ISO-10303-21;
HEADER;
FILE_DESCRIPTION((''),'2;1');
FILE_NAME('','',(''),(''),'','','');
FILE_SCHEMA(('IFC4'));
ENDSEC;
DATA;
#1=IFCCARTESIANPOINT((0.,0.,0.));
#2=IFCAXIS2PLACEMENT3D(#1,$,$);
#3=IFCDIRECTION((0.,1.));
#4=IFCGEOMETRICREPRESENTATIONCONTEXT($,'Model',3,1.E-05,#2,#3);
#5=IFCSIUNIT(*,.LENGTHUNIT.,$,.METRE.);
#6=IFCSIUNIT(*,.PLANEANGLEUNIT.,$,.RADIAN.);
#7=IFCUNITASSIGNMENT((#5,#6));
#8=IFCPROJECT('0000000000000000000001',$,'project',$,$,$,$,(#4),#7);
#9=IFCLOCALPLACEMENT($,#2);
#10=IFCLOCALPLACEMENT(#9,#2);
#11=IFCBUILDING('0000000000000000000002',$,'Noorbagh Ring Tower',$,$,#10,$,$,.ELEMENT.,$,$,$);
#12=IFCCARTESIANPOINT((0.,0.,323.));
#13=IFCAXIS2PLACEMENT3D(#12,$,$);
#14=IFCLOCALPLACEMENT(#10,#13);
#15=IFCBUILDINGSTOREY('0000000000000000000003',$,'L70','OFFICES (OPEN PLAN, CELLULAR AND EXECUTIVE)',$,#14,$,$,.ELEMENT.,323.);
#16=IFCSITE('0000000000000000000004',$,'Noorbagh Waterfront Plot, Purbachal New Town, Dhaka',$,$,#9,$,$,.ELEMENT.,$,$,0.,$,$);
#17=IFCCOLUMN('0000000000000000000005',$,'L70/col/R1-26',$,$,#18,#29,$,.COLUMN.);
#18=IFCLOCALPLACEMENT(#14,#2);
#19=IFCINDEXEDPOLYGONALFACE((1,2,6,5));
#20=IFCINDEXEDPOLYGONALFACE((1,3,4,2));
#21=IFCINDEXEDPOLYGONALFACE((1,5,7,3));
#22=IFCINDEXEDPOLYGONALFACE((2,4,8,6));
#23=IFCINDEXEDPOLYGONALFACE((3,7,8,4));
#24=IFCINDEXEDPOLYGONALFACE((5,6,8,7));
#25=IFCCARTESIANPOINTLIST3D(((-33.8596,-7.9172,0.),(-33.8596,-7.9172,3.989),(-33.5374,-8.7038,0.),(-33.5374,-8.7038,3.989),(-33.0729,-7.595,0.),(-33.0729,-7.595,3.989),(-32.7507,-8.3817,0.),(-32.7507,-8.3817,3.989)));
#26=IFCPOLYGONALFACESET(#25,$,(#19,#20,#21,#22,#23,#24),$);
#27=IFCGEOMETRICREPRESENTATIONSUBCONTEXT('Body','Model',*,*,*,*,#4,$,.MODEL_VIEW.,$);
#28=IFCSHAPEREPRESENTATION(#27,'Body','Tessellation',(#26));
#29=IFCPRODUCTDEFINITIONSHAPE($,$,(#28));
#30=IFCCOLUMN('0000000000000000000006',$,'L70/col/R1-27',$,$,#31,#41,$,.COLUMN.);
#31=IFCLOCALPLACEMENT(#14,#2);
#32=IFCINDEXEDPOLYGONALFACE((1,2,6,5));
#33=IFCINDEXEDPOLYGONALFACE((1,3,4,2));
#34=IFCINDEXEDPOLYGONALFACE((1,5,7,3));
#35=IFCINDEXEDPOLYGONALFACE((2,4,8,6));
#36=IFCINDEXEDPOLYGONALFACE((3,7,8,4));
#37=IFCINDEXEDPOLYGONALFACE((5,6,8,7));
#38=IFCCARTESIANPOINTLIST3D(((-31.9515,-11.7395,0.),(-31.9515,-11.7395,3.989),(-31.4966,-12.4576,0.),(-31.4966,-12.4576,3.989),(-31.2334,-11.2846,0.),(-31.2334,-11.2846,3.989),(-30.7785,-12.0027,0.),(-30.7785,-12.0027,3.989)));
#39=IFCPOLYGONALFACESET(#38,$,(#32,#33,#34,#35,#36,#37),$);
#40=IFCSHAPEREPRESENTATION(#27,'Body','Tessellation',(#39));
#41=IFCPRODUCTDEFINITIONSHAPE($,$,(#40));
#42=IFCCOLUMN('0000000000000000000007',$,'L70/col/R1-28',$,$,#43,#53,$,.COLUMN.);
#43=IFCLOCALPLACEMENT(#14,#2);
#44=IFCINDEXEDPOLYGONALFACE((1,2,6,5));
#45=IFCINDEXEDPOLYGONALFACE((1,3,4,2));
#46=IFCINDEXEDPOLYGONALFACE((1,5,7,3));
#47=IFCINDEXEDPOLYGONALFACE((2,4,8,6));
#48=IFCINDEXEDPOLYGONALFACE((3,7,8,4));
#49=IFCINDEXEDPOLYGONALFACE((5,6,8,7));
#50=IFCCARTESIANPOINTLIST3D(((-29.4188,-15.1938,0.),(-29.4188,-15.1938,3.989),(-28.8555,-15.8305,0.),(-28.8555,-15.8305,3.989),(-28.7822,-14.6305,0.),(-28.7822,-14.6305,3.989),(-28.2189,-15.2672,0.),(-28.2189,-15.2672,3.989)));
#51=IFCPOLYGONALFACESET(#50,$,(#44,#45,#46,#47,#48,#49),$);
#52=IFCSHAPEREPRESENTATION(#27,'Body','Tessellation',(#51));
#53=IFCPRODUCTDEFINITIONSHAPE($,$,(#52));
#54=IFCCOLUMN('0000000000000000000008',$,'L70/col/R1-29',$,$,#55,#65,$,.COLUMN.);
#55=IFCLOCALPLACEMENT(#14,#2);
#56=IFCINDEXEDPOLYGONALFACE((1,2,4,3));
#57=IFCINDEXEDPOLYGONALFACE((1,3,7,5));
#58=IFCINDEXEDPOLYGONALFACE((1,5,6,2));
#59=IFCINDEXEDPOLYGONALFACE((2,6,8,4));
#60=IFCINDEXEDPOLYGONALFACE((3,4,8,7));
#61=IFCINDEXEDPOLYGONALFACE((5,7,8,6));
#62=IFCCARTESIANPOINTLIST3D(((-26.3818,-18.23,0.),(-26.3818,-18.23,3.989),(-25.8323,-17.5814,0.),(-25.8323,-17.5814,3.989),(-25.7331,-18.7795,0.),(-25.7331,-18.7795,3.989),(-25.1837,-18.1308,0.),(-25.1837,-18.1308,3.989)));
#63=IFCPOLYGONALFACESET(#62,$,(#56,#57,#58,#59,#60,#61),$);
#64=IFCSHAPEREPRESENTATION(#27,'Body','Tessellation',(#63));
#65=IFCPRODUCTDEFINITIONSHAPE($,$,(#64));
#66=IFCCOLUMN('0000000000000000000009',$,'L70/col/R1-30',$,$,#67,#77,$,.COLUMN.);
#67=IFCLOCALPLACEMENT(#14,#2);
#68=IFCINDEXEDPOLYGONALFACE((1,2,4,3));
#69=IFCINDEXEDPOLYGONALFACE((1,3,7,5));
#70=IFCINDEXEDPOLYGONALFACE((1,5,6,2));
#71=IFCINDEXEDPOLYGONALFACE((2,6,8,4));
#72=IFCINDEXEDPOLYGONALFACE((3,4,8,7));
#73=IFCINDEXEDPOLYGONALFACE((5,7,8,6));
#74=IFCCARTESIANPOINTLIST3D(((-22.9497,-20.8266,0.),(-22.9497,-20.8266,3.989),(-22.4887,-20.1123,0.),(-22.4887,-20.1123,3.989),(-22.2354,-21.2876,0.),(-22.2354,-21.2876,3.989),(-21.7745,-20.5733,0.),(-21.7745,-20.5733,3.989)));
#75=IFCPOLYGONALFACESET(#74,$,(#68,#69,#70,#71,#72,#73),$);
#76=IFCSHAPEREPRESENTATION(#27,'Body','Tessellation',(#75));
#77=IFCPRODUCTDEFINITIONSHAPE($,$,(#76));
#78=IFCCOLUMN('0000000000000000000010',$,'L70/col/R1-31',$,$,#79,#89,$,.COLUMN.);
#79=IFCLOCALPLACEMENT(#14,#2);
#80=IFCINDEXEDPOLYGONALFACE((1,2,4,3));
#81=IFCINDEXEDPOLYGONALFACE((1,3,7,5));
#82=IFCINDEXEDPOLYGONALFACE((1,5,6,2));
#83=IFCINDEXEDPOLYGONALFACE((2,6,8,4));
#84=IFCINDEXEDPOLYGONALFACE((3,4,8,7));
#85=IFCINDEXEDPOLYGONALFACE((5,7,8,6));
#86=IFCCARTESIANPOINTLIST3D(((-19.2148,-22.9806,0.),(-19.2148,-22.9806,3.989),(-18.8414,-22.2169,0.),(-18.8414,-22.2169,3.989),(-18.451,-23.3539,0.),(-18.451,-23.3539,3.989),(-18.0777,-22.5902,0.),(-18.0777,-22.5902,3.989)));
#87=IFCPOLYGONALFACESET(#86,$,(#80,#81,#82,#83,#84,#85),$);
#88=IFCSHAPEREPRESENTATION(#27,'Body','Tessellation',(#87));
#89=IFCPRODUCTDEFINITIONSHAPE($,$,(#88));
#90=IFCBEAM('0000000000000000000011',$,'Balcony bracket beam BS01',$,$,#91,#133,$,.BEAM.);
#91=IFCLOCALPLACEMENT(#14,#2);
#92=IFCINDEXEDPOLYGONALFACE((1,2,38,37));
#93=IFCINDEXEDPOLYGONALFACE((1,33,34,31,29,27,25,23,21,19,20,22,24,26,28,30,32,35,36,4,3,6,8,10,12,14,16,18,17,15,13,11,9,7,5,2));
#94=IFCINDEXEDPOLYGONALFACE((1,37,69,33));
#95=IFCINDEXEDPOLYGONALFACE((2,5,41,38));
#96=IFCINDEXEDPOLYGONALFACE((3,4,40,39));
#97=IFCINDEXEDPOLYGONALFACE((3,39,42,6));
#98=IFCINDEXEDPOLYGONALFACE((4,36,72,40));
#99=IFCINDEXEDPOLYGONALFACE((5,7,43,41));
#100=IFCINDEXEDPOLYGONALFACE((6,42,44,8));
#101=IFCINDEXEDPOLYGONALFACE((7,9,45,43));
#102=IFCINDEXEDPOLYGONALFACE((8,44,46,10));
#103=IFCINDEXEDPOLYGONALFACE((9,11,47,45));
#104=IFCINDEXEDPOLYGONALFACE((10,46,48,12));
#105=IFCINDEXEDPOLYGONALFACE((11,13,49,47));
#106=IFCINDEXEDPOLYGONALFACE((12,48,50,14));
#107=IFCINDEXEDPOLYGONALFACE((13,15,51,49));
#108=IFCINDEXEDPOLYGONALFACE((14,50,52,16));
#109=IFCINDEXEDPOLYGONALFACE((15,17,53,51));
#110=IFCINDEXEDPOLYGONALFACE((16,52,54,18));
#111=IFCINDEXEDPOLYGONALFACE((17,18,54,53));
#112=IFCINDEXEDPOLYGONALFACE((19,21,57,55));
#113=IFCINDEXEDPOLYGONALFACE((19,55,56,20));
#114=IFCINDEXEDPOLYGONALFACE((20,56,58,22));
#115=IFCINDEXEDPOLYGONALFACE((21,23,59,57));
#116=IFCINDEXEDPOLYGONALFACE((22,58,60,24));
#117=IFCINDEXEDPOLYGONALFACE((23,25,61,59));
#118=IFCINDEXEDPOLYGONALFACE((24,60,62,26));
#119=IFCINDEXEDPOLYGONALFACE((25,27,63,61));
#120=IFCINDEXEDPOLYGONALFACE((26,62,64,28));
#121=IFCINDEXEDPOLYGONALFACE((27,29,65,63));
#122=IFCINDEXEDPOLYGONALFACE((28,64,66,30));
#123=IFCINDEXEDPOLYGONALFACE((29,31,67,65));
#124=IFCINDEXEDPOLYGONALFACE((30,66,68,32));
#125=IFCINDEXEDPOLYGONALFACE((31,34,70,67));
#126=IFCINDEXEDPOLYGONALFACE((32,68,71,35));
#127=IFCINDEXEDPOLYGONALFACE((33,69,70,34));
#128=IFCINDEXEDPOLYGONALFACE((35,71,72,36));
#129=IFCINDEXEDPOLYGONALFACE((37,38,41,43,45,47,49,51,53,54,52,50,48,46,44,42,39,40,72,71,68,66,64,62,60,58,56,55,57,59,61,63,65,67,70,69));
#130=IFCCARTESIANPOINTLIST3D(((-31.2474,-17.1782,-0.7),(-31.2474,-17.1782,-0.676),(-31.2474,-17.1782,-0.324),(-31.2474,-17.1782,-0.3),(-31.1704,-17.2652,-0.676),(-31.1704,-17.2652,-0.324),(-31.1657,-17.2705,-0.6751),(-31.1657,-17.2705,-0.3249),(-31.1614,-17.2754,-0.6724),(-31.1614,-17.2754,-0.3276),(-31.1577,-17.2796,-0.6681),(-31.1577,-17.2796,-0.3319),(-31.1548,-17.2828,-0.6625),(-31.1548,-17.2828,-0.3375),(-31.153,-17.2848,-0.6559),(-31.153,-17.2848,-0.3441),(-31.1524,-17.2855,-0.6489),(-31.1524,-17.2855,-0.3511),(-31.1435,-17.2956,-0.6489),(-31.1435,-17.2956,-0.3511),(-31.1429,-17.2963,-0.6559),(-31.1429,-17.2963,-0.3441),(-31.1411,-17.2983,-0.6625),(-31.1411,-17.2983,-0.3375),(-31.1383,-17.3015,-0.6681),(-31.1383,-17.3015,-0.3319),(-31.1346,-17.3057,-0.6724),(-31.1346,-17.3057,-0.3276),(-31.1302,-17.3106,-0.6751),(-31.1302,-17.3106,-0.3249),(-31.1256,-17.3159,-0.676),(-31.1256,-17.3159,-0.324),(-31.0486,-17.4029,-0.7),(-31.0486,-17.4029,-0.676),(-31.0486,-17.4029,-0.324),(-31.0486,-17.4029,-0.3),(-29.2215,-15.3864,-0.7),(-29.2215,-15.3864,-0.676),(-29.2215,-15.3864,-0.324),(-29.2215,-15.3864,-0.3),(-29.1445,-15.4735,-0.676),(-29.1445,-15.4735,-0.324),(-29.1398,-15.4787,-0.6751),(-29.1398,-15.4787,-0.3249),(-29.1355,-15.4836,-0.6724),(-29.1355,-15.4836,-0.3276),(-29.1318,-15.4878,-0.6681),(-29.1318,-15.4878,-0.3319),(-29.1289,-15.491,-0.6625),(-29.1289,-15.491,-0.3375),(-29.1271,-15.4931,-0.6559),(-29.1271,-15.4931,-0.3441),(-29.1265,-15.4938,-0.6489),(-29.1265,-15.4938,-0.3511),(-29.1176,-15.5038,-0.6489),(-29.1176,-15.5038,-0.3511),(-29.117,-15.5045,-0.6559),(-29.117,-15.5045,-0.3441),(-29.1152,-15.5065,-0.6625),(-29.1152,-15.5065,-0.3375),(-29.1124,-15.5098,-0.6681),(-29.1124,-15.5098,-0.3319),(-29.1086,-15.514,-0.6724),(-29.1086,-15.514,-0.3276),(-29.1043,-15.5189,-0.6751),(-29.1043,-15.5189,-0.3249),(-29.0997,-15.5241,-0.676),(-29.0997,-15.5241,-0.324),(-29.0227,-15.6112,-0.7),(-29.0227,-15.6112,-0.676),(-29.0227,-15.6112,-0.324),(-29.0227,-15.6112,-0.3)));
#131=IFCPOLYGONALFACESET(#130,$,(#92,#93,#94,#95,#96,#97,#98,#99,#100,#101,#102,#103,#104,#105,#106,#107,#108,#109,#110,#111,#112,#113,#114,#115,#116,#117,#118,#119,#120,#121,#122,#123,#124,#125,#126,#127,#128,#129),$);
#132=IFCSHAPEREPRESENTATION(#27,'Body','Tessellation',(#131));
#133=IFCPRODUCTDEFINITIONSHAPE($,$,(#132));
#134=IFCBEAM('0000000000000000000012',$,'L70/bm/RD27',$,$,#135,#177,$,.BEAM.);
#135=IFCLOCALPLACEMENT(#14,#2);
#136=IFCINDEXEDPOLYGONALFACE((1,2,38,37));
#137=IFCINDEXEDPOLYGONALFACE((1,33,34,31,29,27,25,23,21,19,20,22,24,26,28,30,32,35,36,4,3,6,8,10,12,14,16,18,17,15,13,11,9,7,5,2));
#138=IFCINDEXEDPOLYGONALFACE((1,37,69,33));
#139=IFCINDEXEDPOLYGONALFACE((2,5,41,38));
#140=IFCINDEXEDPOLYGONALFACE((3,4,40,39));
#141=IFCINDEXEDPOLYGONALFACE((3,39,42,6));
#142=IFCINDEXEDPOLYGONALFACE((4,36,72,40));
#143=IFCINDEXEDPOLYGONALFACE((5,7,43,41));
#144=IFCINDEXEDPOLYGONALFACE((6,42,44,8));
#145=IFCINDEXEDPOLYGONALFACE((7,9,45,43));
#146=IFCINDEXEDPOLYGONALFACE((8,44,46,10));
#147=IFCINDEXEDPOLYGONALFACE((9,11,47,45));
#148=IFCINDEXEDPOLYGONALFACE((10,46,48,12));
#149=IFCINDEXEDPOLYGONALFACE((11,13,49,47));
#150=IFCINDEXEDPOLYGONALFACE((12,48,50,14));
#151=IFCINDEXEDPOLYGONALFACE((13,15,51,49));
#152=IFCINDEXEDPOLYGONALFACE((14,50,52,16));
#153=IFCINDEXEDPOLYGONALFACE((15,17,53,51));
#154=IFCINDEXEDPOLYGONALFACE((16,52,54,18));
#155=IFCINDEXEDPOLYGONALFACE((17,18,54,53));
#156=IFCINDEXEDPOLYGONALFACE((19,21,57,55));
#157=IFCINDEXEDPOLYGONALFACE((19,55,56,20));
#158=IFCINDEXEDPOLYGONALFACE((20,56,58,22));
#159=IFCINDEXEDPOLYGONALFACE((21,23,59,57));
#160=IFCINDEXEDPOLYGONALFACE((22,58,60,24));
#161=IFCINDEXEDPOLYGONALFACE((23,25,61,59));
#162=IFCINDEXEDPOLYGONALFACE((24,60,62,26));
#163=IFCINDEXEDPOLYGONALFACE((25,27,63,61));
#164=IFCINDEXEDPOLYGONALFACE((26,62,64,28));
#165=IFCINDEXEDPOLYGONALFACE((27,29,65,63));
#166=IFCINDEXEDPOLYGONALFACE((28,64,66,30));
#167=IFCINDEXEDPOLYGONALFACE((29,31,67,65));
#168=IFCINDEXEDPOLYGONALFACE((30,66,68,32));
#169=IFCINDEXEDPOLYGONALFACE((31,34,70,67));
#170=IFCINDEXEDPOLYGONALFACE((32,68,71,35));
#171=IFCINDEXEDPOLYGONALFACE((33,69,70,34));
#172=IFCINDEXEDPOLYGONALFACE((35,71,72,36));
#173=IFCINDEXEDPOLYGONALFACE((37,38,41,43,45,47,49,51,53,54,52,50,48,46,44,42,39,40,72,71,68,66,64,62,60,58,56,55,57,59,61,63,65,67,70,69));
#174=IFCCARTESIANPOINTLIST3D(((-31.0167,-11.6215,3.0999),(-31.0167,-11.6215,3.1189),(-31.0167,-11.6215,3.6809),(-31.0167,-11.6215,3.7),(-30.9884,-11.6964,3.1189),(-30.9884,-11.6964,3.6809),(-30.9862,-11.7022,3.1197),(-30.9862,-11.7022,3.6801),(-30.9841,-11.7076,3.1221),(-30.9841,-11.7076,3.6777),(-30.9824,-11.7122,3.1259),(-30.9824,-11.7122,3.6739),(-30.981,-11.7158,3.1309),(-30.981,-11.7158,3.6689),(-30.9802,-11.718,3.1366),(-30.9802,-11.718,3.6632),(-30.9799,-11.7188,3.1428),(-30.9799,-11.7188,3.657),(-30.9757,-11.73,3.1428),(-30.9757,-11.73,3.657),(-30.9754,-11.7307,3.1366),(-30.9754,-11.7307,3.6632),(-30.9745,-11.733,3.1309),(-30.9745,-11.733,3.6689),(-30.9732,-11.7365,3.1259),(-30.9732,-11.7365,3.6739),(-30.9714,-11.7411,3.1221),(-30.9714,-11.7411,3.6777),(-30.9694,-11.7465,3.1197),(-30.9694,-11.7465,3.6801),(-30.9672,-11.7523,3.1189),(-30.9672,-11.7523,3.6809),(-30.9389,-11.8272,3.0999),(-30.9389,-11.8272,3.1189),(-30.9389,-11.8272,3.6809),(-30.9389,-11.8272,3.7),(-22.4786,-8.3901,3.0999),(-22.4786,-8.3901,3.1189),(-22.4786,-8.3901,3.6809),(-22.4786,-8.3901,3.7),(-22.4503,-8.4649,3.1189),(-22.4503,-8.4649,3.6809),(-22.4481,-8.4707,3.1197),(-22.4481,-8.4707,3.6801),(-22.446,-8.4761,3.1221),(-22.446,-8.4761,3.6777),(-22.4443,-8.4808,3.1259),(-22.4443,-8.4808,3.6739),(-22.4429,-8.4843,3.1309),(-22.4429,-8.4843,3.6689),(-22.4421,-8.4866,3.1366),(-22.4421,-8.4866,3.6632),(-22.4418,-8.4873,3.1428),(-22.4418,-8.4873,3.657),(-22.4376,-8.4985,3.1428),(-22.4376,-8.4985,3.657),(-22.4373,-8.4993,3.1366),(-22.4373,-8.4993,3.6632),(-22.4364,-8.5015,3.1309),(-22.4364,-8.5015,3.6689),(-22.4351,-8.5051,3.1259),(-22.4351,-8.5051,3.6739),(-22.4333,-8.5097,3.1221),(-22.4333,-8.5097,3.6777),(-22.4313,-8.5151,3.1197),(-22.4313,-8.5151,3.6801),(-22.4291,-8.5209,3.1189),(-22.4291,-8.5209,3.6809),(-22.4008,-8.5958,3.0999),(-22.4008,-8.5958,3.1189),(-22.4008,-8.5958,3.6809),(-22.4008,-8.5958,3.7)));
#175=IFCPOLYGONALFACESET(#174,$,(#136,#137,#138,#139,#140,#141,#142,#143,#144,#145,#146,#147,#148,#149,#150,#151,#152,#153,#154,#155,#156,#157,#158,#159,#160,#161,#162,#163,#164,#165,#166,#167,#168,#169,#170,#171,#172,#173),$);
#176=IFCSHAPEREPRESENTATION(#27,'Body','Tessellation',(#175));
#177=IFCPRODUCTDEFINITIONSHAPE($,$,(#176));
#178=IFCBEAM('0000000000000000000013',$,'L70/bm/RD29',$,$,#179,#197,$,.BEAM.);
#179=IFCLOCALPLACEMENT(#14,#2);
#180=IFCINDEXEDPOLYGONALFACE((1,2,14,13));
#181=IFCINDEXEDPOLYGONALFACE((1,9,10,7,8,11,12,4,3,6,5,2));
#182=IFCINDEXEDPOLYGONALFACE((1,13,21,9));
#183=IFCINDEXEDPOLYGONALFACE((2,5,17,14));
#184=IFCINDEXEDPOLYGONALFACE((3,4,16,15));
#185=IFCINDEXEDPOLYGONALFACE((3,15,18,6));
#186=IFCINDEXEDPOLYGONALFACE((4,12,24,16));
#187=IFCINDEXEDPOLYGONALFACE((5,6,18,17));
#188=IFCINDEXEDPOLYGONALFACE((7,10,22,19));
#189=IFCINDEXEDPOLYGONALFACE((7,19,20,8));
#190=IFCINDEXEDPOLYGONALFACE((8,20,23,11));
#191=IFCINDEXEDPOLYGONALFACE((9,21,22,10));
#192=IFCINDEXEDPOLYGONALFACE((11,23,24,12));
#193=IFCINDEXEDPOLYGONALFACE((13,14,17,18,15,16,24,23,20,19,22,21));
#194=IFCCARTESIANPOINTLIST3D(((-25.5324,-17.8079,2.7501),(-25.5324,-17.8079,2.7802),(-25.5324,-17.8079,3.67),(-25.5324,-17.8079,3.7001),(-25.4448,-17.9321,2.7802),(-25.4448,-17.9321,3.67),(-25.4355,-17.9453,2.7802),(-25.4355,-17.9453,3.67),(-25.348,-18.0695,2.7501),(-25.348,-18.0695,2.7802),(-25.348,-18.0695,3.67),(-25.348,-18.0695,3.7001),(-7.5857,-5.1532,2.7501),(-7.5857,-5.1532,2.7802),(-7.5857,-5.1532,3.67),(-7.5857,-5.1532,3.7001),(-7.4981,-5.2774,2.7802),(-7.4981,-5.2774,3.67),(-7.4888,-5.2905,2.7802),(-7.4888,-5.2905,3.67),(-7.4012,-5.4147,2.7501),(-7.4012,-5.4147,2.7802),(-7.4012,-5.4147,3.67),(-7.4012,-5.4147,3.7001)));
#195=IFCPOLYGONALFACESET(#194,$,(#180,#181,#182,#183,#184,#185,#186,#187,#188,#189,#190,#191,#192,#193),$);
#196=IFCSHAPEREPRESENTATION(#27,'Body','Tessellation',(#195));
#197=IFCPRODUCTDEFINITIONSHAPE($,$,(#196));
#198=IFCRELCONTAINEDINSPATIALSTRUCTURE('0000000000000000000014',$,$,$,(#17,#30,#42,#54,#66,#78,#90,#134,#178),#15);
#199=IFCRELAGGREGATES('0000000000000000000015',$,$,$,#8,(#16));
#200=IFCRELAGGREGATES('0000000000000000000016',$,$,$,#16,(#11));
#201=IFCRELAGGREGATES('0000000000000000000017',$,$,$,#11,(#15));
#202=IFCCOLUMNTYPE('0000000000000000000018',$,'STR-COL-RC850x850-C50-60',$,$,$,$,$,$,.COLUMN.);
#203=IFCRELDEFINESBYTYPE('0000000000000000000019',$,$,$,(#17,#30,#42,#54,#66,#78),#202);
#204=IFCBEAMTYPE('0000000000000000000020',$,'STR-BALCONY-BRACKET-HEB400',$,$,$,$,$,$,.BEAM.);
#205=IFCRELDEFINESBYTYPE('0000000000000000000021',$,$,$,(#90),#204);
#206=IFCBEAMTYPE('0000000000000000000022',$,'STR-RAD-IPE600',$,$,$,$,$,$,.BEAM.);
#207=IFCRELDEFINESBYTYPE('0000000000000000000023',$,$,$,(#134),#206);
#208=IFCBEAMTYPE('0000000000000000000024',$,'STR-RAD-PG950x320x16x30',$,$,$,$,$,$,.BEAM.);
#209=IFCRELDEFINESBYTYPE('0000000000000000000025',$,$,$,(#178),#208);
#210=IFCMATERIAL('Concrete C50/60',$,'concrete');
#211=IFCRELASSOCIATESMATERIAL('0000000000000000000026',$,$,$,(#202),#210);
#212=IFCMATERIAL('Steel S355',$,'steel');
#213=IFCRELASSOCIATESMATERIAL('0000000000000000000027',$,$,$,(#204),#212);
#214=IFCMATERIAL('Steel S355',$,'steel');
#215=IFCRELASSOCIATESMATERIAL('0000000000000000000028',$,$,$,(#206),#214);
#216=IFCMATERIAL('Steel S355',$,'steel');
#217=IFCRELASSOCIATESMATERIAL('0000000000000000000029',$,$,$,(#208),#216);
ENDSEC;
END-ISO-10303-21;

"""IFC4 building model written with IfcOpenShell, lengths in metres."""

from ifc_helpers import new_model, si_unit, direction, frame, origin, origin_2d, place, context, subcontext, project, spatial, rectangle, i_section, extrude, material, material_profile, profile_set, type_object, element, save


model = new_model("IFC4")

# Units and contexts
model_context = context("Model", 3, precision=1e-05, world=origin(), true_north=direction((0.0, 1.0)))
body_context = subcontext(model_context, "Body", "Model", "MODEL_VIEW")
ifc_project = project(units=[si_unit("LENGTHUNIT", "METRE"), si_unit("PLANEANGLEUNIT", "RADIAN")], contexts=[model_context])

# Site, building, storey
site_placement = place(None, origin())
site = spatial("IfcSite", under=ifc_project, at=site_placement, Name="Noorbagh Waterfront Plot, Purbachal New Town, Dhaka", CompositionType="ELEMENT", RefElevation=0.0)
building_placement = place(site_placement, origin())
building = spatial("IfcBuilding", under=site, at=building_placement, Name="Noorbagh Ring Tower", CompositionType="ELEMENT")
storey_placement = place(building_placement, frame((0.0, 0.0, 323.0)))
storey = spatial("IfcBuildingStorey", under=building, at=storey_placement, Name="L70", Description="OFFICES (OPEN PLAN, CELLULAR AND EXECUTIVE)", CompositionType="ELEMENT", Elevation=323.0)

# Columns
ifc_material_1 = material(Name="Concrete C50/60", Category="concrete")
ifc_material_profile_1 = material_profile(ifc_material_1, rectangle(XDim=0.8501, YDim=0.8501, at=origin_2d()), Name="RC850x850")
ifc_profile_set_1 = profile_set([ifc_material_profile_1], Name="Concrete C50/60")
column_type = type_object("IfcColumnType", Name="STR-COL-RC850x850-C50-60", PredefinedType="COLUMN", material=ifc_profile_set_1)
for number, where, z_axis, x_axis, name in (
    (1, (-33.3052, -8.1494, 0.0), (0.0, 0.0, 1.0), (0.378989, -0.925401, 0.0), "L70/col/R1-26"),
    (2, (-31.365, -11.8711, 0.0), (0.0, 0.0, 1.0), (0.53519, -0.844731, 0.0), "L70/col/R1-27"),
    (3, (-28.8188, -15.2305, 0.0), (0.0, 0.0, 1.0), (0.662636, -0.748942, 0.0), "L70/col/R1-28"),
    (4, (-25.7827, -18.1804, 0.0), (0.0, 0.0, 1.0), (0.763035, -0.646357, 0.0), "L70/col/R1-29"),
    (5, (-22.3621, -20.7, 0.0), (0.0, 0.0, 1.0), (0.840248, -0.542203, 0.0), "L70/col/R1-30"),
    (6, (-18.6462, -22.7854, 0.0), (0.0, 0.0, 1.0), (0.898399, -0.43918, 0.0), "L70/col/R1-31"),
):
    element("IfcColumn", number, at=place(storey_placement, frame(where, z_axis=z_axis, x_axis=x_axis)), inside=storey, type_object=column_type, Name=name, PredefinedType="COLUMN", context=body_context, shape_type="SweptSolid", body=[
        extrude(rectangle(XDim=0.8501, YDim=0.8501, at=origin_2d()), origin(), (0.0, 0.0, 1.0), 3.989),
    ])

# Beams
ifc_material_2 = material(Name="Steel S355", Category="steel")
ifc_material_profile_2 = material_profile(ifc_material_2, i_section(OverallWidth=0.3, OverallDepth=0.3999, WebThickness=0.0134, FlangeThickness=0.0239, FilletRadius=0.0271, at=origin_2d()), Name="HEB400")
ifc_profile_set_2 = profile_set([ifc_material_profile_2], Name="Steel S355")
beam_type_1 = type_object("IfcBeamType", Name="STR-BALCONY-BRACKET-HEB400", PredefinedType="BEAM", material=ifc_profile_set_2)
beam_1_placement = place(storey_placement, frame((-29.1221, -15.4988, -0.5), z_axis=(-0.749065, -0.662496, 0.0), x_axis=(0.662496, -0.749065, 0.0)))
element("IfcBeam", 7, at=beam_1_placement, inside=storey, type_object=beam_type_1, Name="Balcony bracket beam BS01", PredefinedType="BEAM", context=body_context, shape_type="SweptSolid", body=[
    extrude(i_section(OverallWidth=0.3, OverallDepth=0.3999, WebThickness=0.0134, FlangeThickness=0.0239, FilletRadius=0.0271, at=origin_2d()), origin(), (0.0, 0.0, 1.0), 2.7046),
])
ifc_material_3 = material(Name="Steel S355", Category="steel")
ifc_material_profile_3 = material_profile(ifc_material_3, i_section(OverallWidth=0.22, OverallDepth=0.6001, WebThickness=0.012, FlangeThickness=0.019, FilletRadius=0.0239, at=origin_2d()), Name="IPE600")
ifc_profile_set_3 = profile_set([ifc_material_profile_3], Name="Steel S355")
beam_type_2 = type_object("IfcBeamType", Name="STR-RAD-IPE600", PredefinedType="BEAM", material=ifc_profile_set_3)
beam_2_placement = place(storey_placement, frame((-30.9778, -11.7244, 3.3999), z_axis=(0.935257, 0.35397, 0.0), x_axis=(-0.35397, 0.935257, 0.0)))
element("IfcBeam", 8, at=beam_2_placement, inside=storey, type_object=beam_type_2, Name="L70/bm/RD27", PredefinedType="BEAM", context=body_context, shape_type="SweptSolid", body=[
    extrude(i_section(OverallWidth=0.22, OverallDepth=0.6001, WebThickness=0.012, FlangeThickness=0.019, FilletRadius=0.0239, at=origin_2d()), origin(), (0.0, 0.0, 1.0), 9.1292),
])
ifc_material_4 = material(Name="Steel S355", Category="steel")
ifc_material_profile_4 = material_profile(ifc_material_4, i_section(OverallWidth=0.3201, OverallDepth=0.95, WebThickness=0.0161, FlangeThickness=0.03, at=origin_2d()), Name="PG950x320x16x30")
ifc_profile_set_4 = profile_set([ifc_material_profile_4], Name="Steel S355")
beam_type_3 = type_object("IfcBeamType", Name="STR-RAD-PG950x320x16x30", PredefinedType="BEAM", material=ifc_profile_set_4)
beam_3_placement = place(storey_placement, frame((-25.4402, -17.9387, 3.2251), z_axis=(0.817258, 0.576272, 0.0), x_axis=(-0.576272, 0.817258, 0.0)))
element("IfcBeam", 9, at=beam_3_placement, inside=storey, type_object=beam_type_3, Name="L70/bm/RD29", PredefinedType="BEAM", context=body_context, shape_type="SweptSolid", body=[
    extrude(i_section(OverallWidth=0.3201, OverallDepth=0.95, WebThickness=0.0161, FlangeThickness=0.03, at=origin_2d()), origin(), (0.0, 0.0, 1.0), 21.9597),
])

save(model, "model.ifc")
